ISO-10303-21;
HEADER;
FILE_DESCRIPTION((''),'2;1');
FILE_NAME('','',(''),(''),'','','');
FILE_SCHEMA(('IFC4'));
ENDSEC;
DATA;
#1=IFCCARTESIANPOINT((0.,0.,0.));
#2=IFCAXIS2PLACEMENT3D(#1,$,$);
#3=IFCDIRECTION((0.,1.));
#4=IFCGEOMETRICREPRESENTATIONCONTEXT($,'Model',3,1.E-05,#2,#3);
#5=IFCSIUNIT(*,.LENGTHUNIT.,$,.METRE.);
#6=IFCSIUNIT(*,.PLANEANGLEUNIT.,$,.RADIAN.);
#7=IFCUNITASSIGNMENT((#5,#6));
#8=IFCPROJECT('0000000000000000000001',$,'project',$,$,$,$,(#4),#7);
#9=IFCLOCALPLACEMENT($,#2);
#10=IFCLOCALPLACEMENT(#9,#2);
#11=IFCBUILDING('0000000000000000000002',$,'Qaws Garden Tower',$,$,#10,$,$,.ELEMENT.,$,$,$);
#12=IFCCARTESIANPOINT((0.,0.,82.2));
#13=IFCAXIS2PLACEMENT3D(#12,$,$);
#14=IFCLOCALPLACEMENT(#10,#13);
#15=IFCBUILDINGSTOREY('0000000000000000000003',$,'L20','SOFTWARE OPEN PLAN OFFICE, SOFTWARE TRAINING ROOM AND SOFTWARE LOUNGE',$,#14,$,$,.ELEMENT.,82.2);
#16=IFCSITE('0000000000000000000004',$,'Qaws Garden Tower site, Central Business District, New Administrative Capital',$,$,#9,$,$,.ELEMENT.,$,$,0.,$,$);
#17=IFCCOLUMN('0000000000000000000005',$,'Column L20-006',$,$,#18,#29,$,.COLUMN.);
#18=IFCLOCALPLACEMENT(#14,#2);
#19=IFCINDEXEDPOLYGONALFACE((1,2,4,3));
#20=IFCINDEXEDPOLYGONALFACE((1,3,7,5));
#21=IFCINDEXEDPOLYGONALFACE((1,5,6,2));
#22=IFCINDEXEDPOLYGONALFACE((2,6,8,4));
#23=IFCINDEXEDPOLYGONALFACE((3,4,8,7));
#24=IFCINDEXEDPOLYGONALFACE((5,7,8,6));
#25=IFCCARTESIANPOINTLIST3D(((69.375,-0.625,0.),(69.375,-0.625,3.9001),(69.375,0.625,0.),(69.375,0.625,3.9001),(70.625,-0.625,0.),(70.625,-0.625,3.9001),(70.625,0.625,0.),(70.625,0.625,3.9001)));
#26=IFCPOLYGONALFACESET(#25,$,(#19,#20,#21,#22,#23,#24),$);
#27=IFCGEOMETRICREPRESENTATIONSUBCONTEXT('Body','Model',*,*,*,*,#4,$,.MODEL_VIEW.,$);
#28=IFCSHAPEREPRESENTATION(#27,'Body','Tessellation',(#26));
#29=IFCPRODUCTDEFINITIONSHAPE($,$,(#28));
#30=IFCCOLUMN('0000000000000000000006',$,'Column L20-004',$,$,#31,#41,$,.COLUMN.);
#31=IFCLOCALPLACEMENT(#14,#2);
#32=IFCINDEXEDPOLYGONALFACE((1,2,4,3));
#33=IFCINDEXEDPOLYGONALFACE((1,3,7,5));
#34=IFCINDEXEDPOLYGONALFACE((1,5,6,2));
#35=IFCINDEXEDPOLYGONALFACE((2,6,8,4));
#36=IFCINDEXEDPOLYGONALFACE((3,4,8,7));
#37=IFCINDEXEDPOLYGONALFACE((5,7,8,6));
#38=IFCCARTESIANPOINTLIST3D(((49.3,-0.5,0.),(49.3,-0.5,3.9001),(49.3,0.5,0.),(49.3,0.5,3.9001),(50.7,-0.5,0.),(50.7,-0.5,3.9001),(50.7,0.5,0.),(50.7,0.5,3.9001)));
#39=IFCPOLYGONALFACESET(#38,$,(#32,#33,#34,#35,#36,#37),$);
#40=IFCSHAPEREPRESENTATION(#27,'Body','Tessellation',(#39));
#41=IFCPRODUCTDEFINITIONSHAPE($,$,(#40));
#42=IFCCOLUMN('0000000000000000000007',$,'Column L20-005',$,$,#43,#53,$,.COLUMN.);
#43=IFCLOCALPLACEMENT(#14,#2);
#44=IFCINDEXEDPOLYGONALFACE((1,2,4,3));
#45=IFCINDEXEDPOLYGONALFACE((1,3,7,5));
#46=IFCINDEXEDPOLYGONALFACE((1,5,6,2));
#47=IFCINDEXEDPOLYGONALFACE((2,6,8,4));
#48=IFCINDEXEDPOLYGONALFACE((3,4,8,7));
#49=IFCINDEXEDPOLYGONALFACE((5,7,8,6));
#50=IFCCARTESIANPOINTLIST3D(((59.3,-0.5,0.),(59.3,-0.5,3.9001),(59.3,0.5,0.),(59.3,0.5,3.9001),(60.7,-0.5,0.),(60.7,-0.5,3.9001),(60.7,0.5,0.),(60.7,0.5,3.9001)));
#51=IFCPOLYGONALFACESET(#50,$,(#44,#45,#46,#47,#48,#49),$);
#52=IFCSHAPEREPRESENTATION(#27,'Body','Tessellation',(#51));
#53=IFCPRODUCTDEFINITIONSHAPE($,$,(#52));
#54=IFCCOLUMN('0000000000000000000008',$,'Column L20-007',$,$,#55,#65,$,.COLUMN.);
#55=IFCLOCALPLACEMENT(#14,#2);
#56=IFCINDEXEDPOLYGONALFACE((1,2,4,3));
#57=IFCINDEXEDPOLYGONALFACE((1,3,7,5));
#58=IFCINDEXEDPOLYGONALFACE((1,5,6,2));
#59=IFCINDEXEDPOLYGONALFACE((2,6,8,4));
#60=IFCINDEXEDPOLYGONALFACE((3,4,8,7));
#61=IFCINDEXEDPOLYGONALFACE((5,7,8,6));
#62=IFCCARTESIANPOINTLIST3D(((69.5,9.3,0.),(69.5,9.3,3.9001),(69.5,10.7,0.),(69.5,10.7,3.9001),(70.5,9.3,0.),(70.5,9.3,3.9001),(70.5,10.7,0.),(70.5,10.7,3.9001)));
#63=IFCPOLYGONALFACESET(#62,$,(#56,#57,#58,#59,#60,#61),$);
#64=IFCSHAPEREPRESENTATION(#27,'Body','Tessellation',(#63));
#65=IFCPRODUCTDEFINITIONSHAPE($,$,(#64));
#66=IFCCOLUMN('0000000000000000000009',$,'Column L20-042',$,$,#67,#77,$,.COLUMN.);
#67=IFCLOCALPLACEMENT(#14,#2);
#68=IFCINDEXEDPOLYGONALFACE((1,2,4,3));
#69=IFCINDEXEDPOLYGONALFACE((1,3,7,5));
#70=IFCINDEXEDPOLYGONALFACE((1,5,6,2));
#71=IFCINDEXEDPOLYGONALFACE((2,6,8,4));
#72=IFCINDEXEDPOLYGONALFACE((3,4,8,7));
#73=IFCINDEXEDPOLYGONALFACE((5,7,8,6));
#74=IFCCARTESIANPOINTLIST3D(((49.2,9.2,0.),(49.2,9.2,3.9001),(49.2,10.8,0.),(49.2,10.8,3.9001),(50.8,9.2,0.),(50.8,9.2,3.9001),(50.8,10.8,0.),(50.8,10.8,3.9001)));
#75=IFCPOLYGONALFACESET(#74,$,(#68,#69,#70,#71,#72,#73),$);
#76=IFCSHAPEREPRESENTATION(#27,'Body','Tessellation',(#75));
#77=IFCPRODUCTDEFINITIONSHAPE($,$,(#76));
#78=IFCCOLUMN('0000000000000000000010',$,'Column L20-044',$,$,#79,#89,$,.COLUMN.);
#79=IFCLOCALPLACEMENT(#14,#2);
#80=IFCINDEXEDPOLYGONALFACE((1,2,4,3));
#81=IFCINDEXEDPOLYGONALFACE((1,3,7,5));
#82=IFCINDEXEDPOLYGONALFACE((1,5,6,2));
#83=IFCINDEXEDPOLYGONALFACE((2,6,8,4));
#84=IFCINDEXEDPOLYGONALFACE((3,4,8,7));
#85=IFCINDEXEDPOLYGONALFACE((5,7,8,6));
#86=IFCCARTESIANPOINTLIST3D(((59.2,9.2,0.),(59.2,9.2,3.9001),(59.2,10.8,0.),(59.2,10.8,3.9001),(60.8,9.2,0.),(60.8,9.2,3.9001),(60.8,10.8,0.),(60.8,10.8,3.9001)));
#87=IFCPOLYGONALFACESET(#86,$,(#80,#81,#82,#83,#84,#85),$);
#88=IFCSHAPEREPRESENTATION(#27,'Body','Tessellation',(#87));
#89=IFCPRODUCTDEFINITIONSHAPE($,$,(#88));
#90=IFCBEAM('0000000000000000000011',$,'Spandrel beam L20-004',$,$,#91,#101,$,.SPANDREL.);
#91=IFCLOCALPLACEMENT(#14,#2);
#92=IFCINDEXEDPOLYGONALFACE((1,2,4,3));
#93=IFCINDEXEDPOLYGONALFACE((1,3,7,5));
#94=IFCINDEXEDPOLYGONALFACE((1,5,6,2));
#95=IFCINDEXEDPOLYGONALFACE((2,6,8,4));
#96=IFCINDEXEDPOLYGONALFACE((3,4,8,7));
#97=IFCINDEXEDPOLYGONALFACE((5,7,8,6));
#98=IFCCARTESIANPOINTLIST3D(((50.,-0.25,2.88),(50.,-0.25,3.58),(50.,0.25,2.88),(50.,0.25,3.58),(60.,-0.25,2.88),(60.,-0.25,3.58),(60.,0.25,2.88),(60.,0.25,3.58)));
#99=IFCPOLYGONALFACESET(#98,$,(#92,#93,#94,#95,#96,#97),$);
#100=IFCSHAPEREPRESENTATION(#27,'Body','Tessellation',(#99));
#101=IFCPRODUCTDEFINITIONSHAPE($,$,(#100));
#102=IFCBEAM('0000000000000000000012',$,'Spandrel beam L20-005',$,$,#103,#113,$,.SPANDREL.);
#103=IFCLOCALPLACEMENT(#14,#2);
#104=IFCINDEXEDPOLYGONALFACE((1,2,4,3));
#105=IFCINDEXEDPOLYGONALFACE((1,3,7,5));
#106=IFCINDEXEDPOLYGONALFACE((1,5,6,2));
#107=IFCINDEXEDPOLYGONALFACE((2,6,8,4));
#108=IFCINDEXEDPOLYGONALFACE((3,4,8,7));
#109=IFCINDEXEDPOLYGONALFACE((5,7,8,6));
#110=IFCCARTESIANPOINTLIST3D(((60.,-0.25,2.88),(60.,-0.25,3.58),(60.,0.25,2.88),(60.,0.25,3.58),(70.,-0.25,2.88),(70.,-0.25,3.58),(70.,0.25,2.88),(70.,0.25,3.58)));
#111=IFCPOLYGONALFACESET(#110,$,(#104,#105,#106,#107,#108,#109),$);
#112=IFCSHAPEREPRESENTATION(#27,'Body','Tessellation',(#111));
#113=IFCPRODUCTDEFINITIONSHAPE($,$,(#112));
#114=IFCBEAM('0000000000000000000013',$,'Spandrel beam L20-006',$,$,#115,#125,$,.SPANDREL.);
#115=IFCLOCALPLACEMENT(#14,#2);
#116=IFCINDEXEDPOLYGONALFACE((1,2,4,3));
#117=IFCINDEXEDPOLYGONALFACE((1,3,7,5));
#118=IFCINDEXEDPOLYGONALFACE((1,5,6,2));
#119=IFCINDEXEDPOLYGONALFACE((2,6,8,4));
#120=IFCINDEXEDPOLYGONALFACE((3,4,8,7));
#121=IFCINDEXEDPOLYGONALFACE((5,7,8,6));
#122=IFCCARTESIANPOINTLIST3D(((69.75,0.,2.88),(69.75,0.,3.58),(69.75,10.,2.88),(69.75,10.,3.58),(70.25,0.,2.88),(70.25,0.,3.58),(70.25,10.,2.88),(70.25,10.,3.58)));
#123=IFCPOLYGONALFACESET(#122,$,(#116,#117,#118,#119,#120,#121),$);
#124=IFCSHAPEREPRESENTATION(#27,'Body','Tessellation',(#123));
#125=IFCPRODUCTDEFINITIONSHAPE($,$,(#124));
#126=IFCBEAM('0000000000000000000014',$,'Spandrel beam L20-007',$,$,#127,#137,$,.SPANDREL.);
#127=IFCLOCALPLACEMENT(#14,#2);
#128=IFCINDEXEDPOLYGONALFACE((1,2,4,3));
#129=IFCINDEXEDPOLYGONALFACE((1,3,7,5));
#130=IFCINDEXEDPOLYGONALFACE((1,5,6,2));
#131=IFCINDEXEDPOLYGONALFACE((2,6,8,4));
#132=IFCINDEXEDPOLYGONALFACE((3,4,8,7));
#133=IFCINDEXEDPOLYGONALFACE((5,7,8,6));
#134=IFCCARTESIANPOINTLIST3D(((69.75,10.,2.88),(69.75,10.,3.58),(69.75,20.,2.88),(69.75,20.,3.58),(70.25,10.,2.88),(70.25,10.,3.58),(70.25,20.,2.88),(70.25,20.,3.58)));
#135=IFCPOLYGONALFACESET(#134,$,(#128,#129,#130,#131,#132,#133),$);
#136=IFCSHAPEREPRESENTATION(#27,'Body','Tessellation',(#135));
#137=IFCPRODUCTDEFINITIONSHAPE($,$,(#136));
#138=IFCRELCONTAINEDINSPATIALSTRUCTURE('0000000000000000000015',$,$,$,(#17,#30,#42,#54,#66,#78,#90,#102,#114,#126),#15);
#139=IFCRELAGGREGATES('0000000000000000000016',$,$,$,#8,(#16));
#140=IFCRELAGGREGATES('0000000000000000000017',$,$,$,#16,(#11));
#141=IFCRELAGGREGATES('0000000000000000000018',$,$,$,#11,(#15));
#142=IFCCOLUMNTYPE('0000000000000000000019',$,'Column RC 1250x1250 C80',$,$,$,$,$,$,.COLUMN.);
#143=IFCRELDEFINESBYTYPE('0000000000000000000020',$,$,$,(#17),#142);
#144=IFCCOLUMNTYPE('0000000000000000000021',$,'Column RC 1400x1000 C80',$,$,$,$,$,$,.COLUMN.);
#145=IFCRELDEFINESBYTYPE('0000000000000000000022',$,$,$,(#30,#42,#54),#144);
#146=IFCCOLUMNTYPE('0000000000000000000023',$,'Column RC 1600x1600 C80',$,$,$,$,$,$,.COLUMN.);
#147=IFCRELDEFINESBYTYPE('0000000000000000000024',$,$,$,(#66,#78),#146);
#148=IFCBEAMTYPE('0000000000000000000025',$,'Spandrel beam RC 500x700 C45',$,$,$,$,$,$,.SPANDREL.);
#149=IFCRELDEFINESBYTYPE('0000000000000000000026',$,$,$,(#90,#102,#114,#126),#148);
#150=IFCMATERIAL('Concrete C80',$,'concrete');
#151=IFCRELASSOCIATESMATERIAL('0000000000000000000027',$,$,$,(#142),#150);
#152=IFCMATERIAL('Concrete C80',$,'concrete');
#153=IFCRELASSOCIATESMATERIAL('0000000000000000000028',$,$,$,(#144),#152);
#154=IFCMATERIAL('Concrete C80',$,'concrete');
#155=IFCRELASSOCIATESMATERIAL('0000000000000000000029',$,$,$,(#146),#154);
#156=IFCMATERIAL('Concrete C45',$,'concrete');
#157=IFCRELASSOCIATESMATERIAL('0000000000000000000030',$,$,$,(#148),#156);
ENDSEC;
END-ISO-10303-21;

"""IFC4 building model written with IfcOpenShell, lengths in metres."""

from ifc_helpers import new_model, si_unit, direction, frame, origin, origin_2d, place, context, subcontext, project, spatial, rectangle, extrude, material, material_profile, profile_set, type_object, element, save


model = new_model("IFC4")

# Units and contexts
model_context = context("Model", 3, precision=1e-05, world=origin(), true_north=direction((0.0, 1.0)))
body_context = subcontext(model_context, "Body", "Model", "MODEL_VIEW")
ifc_project = project(units=[si_unit("LENGTHUNIT", "METRE"), si_unit("PLANEANGLEUNIT", "RADIAN")], contexts=[model_context])

# Site, building, storey
site_placement = place(None, origin())
site = spatial("IfcSite", under=ifc_project, at=site_placement, Name="Qaws Garden Tower site, Central Business District, New Administrative Capital", CompositionType="ELEMENT", RefElevation=0.0)
building_placement = place(site_placement, origin())
building = spatial("IfcBuilding", under=site, at=building_placement, Name="Qaws Garden Tower", CompositionType="ELEMENT")
storey_placement = place(building_placement, frame((0.0, 0.0, 82.2)))
storey = spatial("IfcBuildingStorey", under=building, at=storey_placement, Name="L20", Description="SOFTWARE OPEN PLAN OFFICE, SOFTWARE TRAINING ROOM AND SOFTWARE LOUNGE", CompositionType="ELEMENT", Elevation=82.2)

# Columns
ifc_material_1 = material(Name="Concrete C80", Category="concrete")
ifc_material_profile_1 = material_profile(ifc_material_1, rectangle(XDim=1.25, YDim=1.25, at=origin_2d()), Name="RC 1250x1250")
ifc_profile_set_1 = profile_set([ifc_material_profile_1], Name="Concrete C80")
column_type_1 = type_object("IfcColumnType", Name="Column RC 1250x1250 C80", PredefinedType="COLUMN", material=ifc_profile_set_1)
column_placement = place(storey_placement, frame((70.0, 0.0, 0.0), z_axis=(0.0, 0.0, 1.0), x_axis=(1.0, 0.0, 0.0)))
element("IfcColumn", 1, at=column_placement, inside=storey, type_object=column_type_1, Name="Column L20-006", PredefinedType="COLUMN", context=body_context, shape_type="SweptSolid", body=[
    extrude(rectangle(XDim=1.25, YDim=1.25, at=origin_2d()), origin(), (0.0, 0.0, 1.0), 3.9001),
])
ifc_material_2 = material(Name="Concrete C80", Category="concrete")
ifc_material_profile_2 = material_profile(ifc_material_2, rectangle(XDim=1.3999, YDim=1.0, at=origin_2d()), Name="RC 1400x1000")
ifc_profile_set_2 = profile_set([ifc_material_profile_2], Name="Concrete C80")
column_type_2 = type_object("IfcColumnType", Name="Column RC 1400x1000 C80", PredefinedType="COLUMN", material=ifc_profile_set_2)
for number, where, z_axis, x_axis, name in (
    (2, (50.0, 0.0, 0.0), (0.0, 0.0, 1.0), (1.0, 0.0, 0.0), "Column L20-004"),
    (3, (60.0, 0.0, 0.0), (0.0, 0.0, 1.0), (1.0, 0.0, 0.0), "Column L20-005"),
    (4, (70.0, 10.0, 0.0), (0.0, 0.0, 1.0), (0.0, 1.0, 0.0), "Column L20-007"),
):
    element("IfcColumn", number, at=place(storey_placement, frame(where, z_axis=z_axis, x_axis=x_axis)), inside=storey, type_object=column_type_2, Name=name, PredefinedType="COLUMN", context=body_context, shape_type="SweptSolid", body=[
        extrude(rectangle(XDim=1.3999, YDim=1.0, at=origin_2d()), origin(), (0.0, 0.0, 1.0), 3.9001),
    ])
ifc_material_3 = material(Name="Concrete C80", Category="concrete")
ifc_material_profile_3 = material_profile(ifc_material_3, rectangle(XDim=1.6001, YDim=1.6001, at=origin_2d()), Name="RC 1600x1600")
ifc_profile_set_3 = profile_set([ifc_material_profile_3], Name="Concrete C80")
column_type_3 = type_object("IfcColumnType", Name="Column RC 1600x1600 C80", PredefinedType="COLUMN", material=ifc_profile_set_3)
for number, where, z_axis, x_axis, name in (
    (5, (50.0, 10.0, 0.0), (0.0, 0.0, 1.0), (1.0, 0.0, 0.0), "Column L20-042"),
    (6, (60.0, 10.0, 0.0), (0.0, 0.0, 1.0), (1.0, 0.0, 0.0), "Column L20-044"),
):
    element("IfcColumn", number, at=place(storey_placement, frame(where, z_axis=z_axis, x_axis=x_axis)), inside=storey, type_object=column_type_3, Name=name, PredefinedType="COLUMN", context=body_context, shape_type="SweptSolid", body=[
        extrude(rectangle(XDim=1.6001, YDim=1.6001, at=origin_2d()), origin(), (0.0, 0.0, 1.0), 3.9001),
    ])

# Beams
ifc_material_4 = material(Name="Concrete C45", Category="concrete")
ifc_material_profile_4 = material_profile(ifc_material_4, rectangle(XDim=0.5, YDim=0.7, at=origin_2d()), Name="RC 500x700")
ifc_profile_set_4 = profile_set([ifc_material_profile_4], Name="Concrete C45")
beam_type = type_object("IfcBeamType", Name="Spandrel beam RC 500x700 C45", PredefinedType="SPANDREL", material=ifc_profile_set_4)
for number, where, z_axis, x_axis, name in (
    (7, (50.0, 0.0, 3.23), (1.0, 0.0, 0.0), (0.0, 1.0, 0.0), "Spandrel beam L20-004"),
    (8, (60.0, 0.0, 3.23), (1.0, 0.0, 0.0), (0.0, 1.0, 0.0), "Spandrel beam L20-005"),
    (9, (70.0, 0.0, 3.23), (0.0, 1.0, 0.0), (-1.0, 0.0, 0.0), "Spandrel beam L20-006"),
    (10, (70.0, 10.0, 3.23), (0.0, 1.0, 0.0), (-1.0, 0.0, 0.0), "Spandrel beam L20-007"),
):
    element("IfcBeam", number, at=place(storey_placement, frame(where, z_axis=z_axis, x_axis=x_axis)), inside=storey, type_object=beam_type, Name=name, PredefinedType="SPANDREL", context=body_context, shape_type="SweptSolid", body=[
        extrude(rectangle(XDim=0.5, YDim=0.7, at=origin_2d()), origin(), (0.0, 0.0, 1.0), 10.0),
    ])

save(model, "model.ifc")
